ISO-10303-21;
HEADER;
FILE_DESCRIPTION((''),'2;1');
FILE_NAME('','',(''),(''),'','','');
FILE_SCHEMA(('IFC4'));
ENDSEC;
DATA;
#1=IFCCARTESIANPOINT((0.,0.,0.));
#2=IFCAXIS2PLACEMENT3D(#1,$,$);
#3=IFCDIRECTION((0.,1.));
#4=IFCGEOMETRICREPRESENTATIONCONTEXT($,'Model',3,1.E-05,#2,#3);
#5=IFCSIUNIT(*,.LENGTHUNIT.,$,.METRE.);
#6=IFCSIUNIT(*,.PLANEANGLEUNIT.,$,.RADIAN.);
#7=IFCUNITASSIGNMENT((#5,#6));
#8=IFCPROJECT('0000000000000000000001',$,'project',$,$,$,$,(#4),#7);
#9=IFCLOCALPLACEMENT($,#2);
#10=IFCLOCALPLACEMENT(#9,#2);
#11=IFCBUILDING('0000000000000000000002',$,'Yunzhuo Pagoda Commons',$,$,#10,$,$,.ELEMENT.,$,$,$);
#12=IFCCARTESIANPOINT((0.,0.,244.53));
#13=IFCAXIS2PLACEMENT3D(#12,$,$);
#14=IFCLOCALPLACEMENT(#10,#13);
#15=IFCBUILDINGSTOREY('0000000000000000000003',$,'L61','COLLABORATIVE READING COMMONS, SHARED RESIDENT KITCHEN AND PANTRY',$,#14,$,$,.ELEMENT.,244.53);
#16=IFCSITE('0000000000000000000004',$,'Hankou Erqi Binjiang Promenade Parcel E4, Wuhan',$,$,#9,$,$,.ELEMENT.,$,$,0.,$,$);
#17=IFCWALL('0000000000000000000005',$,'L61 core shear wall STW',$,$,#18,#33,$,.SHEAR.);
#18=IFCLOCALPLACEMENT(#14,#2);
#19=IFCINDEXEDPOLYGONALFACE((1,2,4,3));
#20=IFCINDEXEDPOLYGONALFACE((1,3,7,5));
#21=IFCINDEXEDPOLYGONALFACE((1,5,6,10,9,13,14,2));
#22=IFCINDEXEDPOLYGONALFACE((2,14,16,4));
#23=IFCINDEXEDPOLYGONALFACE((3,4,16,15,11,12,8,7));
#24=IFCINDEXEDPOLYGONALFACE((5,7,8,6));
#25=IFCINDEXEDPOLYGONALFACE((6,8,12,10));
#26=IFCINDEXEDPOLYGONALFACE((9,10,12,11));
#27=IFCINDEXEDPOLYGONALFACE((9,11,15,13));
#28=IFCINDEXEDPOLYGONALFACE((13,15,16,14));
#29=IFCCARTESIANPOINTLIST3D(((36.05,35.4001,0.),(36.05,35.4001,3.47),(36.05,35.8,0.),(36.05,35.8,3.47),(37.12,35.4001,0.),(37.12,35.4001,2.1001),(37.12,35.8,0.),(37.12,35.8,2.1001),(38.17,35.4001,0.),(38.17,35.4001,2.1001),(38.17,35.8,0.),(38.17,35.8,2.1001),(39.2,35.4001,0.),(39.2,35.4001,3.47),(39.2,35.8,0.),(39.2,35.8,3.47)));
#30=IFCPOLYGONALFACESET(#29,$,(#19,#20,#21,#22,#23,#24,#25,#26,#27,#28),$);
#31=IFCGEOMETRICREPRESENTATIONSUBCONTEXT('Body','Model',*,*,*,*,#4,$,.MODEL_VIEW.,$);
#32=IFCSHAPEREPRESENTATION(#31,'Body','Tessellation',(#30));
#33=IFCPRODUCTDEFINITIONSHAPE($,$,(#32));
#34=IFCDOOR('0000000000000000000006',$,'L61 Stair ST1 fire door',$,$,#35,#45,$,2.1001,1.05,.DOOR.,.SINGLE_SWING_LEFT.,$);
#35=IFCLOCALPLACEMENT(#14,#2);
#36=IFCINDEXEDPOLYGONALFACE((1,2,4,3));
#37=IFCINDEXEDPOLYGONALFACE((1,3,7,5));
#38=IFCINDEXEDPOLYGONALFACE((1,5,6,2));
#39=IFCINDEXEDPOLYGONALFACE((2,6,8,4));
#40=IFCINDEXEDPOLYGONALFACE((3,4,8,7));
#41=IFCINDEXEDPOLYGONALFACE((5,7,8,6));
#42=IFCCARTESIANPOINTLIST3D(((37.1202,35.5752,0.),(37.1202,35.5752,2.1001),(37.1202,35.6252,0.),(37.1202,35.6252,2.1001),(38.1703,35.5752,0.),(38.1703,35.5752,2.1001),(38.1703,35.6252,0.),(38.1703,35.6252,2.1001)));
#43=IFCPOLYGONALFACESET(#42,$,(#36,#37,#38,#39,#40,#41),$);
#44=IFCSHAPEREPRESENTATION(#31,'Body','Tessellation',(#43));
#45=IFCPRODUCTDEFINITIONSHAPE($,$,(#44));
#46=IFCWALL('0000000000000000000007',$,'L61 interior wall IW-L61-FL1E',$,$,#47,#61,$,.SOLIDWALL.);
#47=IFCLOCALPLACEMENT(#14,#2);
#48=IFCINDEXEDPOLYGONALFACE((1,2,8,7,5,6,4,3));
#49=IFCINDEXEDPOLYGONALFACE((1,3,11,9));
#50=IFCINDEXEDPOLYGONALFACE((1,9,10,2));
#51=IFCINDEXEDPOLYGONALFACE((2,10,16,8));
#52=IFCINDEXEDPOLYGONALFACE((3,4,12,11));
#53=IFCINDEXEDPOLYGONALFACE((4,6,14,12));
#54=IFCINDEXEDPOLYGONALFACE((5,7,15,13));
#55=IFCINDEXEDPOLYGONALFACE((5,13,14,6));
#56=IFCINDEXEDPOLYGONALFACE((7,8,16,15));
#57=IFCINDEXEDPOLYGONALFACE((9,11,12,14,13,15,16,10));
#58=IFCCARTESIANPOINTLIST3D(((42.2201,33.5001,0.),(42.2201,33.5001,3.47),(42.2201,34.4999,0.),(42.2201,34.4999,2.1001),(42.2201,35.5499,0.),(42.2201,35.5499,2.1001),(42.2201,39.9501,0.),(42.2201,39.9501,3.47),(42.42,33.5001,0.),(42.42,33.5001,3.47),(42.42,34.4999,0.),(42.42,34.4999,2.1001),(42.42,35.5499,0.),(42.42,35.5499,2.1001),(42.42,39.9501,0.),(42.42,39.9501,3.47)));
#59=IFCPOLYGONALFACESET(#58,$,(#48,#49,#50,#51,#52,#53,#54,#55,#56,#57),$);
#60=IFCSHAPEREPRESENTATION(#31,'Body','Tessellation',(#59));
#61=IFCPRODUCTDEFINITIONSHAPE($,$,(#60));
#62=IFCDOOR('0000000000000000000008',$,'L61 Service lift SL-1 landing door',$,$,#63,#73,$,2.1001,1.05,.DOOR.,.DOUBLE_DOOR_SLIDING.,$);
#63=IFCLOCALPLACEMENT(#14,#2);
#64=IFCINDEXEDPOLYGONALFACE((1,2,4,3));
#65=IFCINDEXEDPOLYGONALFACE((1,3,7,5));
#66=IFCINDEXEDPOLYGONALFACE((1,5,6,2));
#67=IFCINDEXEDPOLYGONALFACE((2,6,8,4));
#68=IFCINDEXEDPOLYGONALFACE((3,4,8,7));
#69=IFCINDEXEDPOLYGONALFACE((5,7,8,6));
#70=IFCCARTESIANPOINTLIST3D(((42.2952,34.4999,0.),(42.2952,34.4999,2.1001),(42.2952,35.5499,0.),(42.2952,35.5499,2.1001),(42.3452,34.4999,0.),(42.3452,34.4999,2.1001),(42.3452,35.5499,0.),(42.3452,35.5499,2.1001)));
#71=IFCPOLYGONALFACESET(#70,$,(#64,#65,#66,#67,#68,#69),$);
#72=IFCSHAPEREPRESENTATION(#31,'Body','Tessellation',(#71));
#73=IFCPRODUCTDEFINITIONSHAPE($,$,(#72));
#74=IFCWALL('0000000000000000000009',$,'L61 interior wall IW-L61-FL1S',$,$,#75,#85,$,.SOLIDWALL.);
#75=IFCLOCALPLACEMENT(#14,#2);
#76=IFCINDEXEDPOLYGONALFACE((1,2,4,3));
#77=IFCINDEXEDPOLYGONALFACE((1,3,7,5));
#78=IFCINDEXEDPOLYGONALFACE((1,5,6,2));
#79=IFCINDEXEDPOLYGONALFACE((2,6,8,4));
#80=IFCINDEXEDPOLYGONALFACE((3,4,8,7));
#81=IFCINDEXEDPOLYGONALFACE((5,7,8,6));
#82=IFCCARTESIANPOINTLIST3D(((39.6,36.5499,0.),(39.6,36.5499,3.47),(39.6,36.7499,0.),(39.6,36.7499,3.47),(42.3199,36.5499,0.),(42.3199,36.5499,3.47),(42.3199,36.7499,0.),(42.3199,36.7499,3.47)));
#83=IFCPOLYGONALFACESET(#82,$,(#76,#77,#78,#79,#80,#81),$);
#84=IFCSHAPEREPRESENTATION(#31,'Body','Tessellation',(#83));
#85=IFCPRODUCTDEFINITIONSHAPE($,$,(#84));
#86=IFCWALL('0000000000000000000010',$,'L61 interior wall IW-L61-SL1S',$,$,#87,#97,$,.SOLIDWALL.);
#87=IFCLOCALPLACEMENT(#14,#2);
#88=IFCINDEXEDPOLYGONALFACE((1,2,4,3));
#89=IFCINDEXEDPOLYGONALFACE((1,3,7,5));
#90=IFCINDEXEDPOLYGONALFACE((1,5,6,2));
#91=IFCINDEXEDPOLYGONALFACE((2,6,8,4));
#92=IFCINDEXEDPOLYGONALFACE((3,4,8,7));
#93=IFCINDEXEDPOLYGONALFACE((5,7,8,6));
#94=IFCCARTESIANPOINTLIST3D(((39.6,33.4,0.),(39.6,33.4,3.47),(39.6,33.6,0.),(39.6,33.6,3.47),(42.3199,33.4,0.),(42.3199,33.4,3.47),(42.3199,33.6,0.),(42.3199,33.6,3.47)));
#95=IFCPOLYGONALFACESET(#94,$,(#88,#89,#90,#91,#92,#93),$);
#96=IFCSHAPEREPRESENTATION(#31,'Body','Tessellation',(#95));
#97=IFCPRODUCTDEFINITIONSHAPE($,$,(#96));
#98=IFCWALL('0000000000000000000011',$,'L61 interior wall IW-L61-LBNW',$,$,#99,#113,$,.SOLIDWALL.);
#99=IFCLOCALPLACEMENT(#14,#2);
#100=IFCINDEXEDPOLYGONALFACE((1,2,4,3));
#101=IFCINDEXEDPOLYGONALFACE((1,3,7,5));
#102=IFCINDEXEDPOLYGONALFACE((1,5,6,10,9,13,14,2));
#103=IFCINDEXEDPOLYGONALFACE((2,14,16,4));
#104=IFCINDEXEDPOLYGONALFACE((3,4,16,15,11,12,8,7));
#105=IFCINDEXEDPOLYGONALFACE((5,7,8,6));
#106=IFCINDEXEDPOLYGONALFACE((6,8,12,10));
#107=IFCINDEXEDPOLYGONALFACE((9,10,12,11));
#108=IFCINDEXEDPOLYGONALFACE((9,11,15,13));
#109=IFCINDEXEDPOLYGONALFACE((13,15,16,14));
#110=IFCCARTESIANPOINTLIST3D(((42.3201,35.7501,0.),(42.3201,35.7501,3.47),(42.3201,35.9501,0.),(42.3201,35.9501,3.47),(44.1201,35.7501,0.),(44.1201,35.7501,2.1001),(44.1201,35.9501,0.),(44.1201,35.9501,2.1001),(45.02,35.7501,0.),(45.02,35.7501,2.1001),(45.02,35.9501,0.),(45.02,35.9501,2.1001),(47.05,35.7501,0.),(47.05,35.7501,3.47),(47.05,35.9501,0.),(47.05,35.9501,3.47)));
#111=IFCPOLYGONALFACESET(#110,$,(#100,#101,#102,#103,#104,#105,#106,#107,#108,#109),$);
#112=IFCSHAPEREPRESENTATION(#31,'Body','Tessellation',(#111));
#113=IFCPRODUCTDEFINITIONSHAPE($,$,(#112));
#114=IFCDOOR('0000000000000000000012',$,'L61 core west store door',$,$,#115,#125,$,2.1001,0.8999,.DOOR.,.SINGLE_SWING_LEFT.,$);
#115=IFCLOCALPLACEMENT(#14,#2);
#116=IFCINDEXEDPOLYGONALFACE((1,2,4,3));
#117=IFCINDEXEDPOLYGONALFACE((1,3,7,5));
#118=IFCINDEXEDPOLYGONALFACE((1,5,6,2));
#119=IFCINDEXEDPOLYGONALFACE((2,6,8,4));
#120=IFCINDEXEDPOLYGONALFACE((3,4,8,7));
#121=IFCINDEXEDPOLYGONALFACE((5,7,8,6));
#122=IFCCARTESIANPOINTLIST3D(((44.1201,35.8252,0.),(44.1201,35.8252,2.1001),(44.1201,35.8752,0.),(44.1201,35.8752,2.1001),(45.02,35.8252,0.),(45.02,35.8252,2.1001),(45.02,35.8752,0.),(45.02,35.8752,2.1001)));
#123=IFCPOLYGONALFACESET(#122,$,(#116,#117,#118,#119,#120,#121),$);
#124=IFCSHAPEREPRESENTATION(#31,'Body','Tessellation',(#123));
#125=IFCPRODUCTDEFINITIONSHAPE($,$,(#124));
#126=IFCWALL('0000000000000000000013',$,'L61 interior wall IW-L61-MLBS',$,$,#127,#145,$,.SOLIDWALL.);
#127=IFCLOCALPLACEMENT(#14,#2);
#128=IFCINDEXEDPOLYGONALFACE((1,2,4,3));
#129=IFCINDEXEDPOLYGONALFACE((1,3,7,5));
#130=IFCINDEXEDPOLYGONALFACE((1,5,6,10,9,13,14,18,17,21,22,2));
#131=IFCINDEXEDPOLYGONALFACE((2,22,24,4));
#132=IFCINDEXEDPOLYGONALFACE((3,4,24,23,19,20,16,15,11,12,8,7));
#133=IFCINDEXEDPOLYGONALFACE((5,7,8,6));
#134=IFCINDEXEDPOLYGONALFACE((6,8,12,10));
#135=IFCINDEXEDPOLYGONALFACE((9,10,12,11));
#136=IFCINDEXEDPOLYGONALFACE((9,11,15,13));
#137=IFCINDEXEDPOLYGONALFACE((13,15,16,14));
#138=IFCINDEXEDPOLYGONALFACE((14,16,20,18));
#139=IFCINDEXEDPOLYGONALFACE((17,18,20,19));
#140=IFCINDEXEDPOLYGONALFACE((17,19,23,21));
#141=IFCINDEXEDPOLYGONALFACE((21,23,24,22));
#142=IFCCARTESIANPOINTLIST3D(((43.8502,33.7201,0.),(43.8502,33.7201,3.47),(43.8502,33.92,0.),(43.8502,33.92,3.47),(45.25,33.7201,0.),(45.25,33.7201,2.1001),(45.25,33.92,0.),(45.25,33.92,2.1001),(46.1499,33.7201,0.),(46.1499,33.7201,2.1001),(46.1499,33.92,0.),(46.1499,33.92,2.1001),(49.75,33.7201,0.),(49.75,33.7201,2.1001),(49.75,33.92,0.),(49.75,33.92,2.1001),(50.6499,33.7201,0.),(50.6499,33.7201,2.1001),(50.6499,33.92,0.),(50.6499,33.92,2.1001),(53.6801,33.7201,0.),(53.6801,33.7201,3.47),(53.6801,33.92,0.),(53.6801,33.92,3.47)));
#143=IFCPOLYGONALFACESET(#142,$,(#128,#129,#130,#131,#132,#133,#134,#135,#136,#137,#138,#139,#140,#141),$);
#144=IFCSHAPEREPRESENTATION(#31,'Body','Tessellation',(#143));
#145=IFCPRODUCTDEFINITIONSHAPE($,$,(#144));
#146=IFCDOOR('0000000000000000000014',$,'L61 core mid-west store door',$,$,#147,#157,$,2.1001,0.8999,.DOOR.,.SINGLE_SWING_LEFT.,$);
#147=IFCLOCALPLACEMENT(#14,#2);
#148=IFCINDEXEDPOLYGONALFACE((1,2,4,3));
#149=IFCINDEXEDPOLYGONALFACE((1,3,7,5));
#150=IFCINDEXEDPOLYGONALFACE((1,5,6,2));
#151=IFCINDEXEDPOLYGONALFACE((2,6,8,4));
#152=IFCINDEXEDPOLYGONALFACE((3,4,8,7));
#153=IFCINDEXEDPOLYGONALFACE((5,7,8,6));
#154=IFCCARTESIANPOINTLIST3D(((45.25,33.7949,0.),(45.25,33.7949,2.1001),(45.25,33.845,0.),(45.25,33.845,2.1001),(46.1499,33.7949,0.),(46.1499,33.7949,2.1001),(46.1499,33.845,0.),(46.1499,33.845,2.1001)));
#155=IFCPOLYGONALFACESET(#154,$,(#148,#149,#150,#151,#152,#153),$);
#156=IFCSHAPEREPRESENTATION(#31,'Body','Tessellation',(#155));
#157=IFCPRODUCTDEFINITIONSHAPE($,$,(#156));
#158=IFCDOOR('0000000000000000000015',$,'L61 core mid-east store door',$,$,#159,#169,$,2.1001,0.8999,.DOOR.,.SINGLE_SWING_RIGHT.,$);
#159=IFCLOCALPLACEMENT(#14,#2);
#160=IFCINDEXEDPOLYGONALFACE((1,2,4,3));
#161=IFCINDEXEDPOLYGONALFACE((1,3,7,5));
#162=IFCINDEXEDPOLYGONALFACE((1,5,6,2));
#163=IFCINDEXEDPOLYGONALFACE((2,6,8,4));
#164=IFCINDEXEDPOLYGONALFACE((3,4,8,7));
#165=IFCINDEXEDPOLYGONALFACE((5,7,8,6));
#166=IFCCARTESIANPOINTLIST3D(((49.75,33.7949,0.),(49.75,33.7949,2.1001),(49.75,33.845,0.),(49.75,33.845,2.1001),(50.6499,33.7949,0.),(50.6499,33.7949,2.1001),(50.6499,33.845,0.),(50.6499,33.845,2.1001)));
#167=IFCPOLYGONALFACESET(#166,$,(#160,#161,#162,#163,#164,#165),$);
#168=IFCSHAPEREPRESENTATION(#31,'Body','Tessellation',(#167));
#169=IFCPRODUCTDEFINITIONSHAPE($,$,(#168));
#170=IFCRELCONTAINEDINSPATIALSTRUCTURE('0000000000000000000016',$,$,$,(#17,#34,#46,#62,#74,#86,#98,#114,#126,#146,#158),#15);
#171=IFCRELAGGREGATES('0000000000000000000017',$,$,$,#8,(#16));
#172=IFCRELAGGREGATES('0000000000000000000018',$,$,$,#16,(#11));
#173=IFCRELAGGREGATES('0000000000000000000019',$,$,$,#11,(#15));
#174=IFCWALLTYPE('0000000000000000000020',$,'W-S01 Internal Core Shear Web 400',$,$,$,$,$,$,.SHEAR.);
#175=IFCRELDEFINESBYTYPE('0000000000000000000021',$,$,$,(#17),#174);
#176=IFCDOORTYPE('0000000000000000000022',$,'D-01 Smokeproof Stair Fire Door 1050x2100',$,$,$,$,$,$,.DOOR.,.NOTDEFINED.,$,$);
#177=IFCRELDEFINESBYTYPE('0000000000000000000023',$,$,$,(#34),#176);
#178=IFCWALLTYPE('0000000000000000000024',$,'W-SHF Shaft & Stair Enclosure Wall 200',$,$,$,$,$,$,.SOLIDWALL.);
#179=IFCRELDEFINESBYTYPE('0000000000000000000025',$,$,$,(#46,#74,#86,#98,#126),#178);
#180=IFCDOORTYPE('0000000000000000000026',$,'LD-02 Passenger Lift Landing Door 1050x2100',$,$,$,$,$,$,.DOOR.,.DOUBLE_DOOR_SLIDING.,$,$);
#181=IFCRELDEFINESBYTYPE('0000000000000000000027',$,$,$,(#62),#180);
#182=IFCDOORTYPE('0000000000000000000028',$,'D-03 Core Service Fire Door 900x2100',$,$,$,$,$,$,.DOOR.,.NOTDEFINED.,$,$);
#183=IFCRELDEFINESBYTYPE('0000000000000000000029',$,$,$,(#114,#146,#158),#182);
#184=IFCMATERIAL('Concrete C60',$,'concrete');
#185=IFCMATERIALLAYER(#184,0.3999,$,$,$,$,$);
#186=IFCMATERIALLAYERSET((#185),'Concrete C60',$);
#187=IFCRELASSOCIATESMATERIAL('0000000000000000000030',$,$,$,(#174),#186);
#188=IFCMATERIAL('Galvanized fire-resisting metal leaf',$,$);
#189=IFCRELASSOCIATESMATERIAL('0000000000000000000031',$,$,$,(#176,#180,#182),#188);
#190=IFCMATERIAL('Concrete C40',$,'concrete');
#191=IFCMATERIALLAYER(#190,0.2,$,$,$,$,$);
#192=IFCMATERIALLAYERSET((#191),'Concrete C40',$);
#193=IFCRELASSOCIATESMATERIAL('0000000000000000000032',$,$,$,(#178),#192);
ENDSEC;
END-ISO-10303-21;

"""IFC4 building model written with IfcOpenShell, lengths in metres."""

from ifc_helpers import new_model, si_unit, direction, frame, frame_2d, origin, origin_with_axes, place, context, subcontext, project, spatial, rectangle, extrude, source, transform, mapped, material, layer, layer_set, type_object, element, fill, save


model = new_model("IFC4")

# Units and contexts
model_context = context("Model", 3, precision=1e-05, world=origin(), true_north=direction((0.0, 1.0)))
body_context = subcontext(model_context, "Body", "Model", "MODEL_VIEW")
ifc_project = project(units=[si_unit("LENGTHUNIT", "METRE"), si_unit("PLANEANGLEUNIT", "RADIAN")], contexts=[model_context])

# Site, building, storey
site_placement = place(None, origin())
site = spatial("IfcSite", under=ifc_project, at=site_placement, Name="Hankou Erqi Binjiang Promenade Parcel E4, Wuhan", CompositionType="ELEMENT", RefElevation=0.0)
building_placement = place(site_placement, origin())
building = spatial("IfcBuilding", under=site, at=building_placement, Name="Yunzhuo Pagoda Commons", CompositionType="ELEMENT")
storey_placement = place(building_placement, frame((0.0, 0.0, 244.53)))
storey = spatial("IfcBuildingStorey", under=building, at=storey_placement, Name="L61", Description="COLLABORATIVE READING COMMONS, SHARED RESIDENT KITCHEN AND PANTRY", CompositionType="ELEMENT", Elevation=244.53)

# Walls, openings, doors
ifc_material_1 = material(Name="Concrete C60", Category="concrete")
ifc_layer_1 = layer(ifc_material_1, 0.3999)
ifc_layer_set_1 = layer_set([ifc_layer_1], Name="Concrete C60")
wall_type_1 = type_object("IfcWallType", Name="W-S01 Internal Core Shear Web 400", PredefinedType="SHEAR", material=ifc_layer_set_1)
wall_1_placement = place(storey_placement, frame((36.05, 35.6001, 0.0), z_axis=(0.0, 0.0, 1.0), x_axis=(1.0, 0.0, 0.0)))
wall_1 = element("IfcWall", 1, at=wall_1_placement, inside=storey, type_object=wall_type_1, Name="L61 core shear wall STW", PredefinedType="SHEAR", context=body_context, shape_type="SweptSolid", body=[
    extrude(rectangle(XDim=3.1499, YDim=0.3999, at=frame_2d((1.575, 0.0))), origin(), (0.0, 0.0, 1.0), 3.47),
])
opening_1_placement = place(wall_1_placement, frame((1.0701, 0.0, 0.0)))
opening_1 = element("IfcOpeningElement", 2, at=opening_1_placement, cuts=wall_1, PredefinedType="OPENING", context=body_context, shape_type="SweptSolid", body=[
    extrude(rectangle(XDim=1.05, YDim=2.1001, at=frame_2d((0.5249, 1.05))), frame((0.0, 0.21, 0.0), z_axis=(0.0, -1.0, 0.0), x_axis=(1.0, 0.0, 0.0)), (0.0, 0.0, 1.0), 0.4199),
])
ifc_material_2 = material(Name="Galvanized fire-resisting metal leaf")
door_type_1 = type_object("IfcDoorType", Name="D-01 Smokeproof Stair Fire Door 1050x2100", OperationType="NOTDEFINED", PredefinedType="DOOR", material=ifc_material_2)
shared_shape_1 = source(origin(), body_context, "Body", "SweptSolid", [
    extrude(rectangle(XDim=1.05, YDim=2.1001, at=frame_2d((0.5249, 1.05))), frame((0.0, 0.0249, 0.0), z_axis=(0.0, -1.0, 0.0), x_axis=(1.0, 0.0, 0.0)), (0.0, 0.0, 1.0), 0.05),
])
door_1_placement = place(opening_1_placement, frame((1.05, 0.0, 0.0), z_axis=(0.0, 0.0, 1.0), x_axis=(-1.0, 0.0, 0.0)))
door_1 = element("IfcDoor", 3, at=door_1_placement, inside=storey, type_object=door_type_1, Name="L61 Stair ST1 fire door", OperationType="SINGLE_SWING_LEFT", OverallHeight=2.1001, OverallWidth=1.05, PredefinedType="DOOR", context=body_context, shape_type="MappedRepresentation", body=[
    mapped(shared_shape_1, transform((0.0, 0.0, 0.0), scale=1.0)),
])
fill(opening_1, door_1)
ifc_material_3 = material(Name="Concrete C40", Category="concrete")
ifc_layer_2 = layer(ifc_material_3, 0.2)
ifc_layer_set_2 = layer_set([ifc_layer_2], Name="Concrete C40")
wall_type_2 = type_object("IfcWallType", Name="W-SHF Shaft & Stair Enclosure Wall 200", PredefinedType="SOLIDWALL", material=ifc_layer_set_2)
wall_2_placement = place(storey_placement, frame((42.3201, 33.5, 0.0), z_axis=(0.0, 0.0, 1.0), x_axis=(0.0, 1.0, 0.0)))
wall_2 = element("IfcWall", 4, at=wall_2_placement, inside=storey, type_object=wall_type_2, Name="L61 interior wall IW-L61-FL1E", PredefinedType="SOLIDWALL", context=body_context, shape_type="SweptSolid", body=[
    extrude(rectangle(XDim=6.45, YDim=0.2, at=frame_2d((3.2251, 0.0))), origin(), (0.0, 0.0, 1.0), 3.47),
])
opening_2_placement = place(wall_2_placement, frame((1.0, 0.0, 0.0)))
opening_2 = element("IfcOpeningElement", 5, at=opening_2_placement, cuts=wall_2, PredefinedType="OPENING", context=body_context, shape_type="SweptSolid", body=[
    extrude(rectangle(XDim=1.05, YDim=2.1001, at=frame_2d((0.5249, 1.05))), frame((0.0, 0.1099, 0.0), z_axis=(0.0, -1.0, 0.0), x_axis=(1.0, 0.0, 0.0)), (0.0, 0.0, 1.0), 0.22),
])
door_type_2 = type_object("IfcDoorType", Name="LD-02 Passenger Lift Landing Door 1050x2100", OperationType="DOUBLE_DOOR_SLIDING", PredefinedType="DOOR", material=ifc_material_2)
door_2_placement = place(opening_2_placement, origin_with_axes())
door_2 = element("IfcDoor", 6, at=door_2_placement, inside=storey, type_object=door_type_2, Name="L61 Service lift SL-1 landing door", OperationType="DOUBLE_DOOR_SLIDING", OverallHeight=2.1001, OverallWidth=1.05, PredefinedType="DOOR", context=body_context, shape_type="MappedRepresentation", body=[
    mapped(shared_shape_1, transform((0.0, 0.0, 0.0), scale=1.0)),
])
fill(opening_2, door_2)

# Walls
for number, where, z_axis, x_axis, name in (
    (7, (39.6001, 36.6499, 0.0), (0.0, 0.0, 1.0), (1.0, 0.0, 0.0), "L61 interior wall IW-L61-FL1S"),
    (8, (39.6001, 33.5, 0.0), (0.0, 0.0, 1.0), (1.0, 0.0, 0.0), "L61 interior wall IW-L61-SL1S"),
):
    element("IfcWall", number, at=place(storey_placement, frame(where, z_axis=z_axis, x_axis=x_axis)), inside=storey, type_object=wall_type_2, Name=name, PredefinedType="SOLIDWALL", context=body_context, shape_type="SweptSolid", body=[
        extrude(rectangle(XDim=2.72, YDim=0.2, at=frame_2d((1.3599, 0.0))), origin(), (0.0, 0.0, 1.0), 3.47),
    ])

# Wall, opening, door
wall_3_placement = place(storey_placement, frame((42.3201, 35.8501, 0.0), z_axis=(0.0, 0.0, 1.0), x_axis=(1.0, 0.0, 0.0)))
wall_3 = element("IfcWall", 9, at=wall_3_placement, inside=storey, type_object=wall_type_2, Name="L61 interior wall IW-L61-LBNW", PredefinedType="SOLIDWALL", context=body_context, shape_type="SweptSolid", body=[
    extrude(rectangle(XDim=4.73, YDim=0.2, at=frame_2d((2.365, 0.0))), origin(), (0.0, 0.0, 1.0), 3.47),
])
opening_3_placement = place(wall_3_placement, frame((1.8, 0.0, 0.0)))
opening_3 = element("IfcOpeningElement", 10, at=opening_3_placement, cuts=wall_3, PredefinedType="OPENING", context=body_context, shape_type="SweptSolid", body=[
    extrude(rectangle(XDim=0.8999, YDim=2.1001, at=frame_2d((0.45, 1.05))), frame((0.0, 0.1099, 0.0), z_axis=(0.0, -1.0, 0.0), x_axis=(1.0, 0.0, 0.0)), (0.0, 0.0, 1.0), 0.22),
])
door_type_3 = type_object("IfcDoorType", Name="D-03 Core Service Fire Door 900x2100", OperationType="NOTDEFINED", PredefinedType="DOOR", material=ifc_material_2)
shared_shape_2 = source(origin(), body_context, "Body", "SweptSolid", [
    extrude(rectangle(XDim=0.8999, YDim=2.1001, at=frame_2d((0.45, 1.05))), frame((0.0, 0.0249, 0.0), z_axis=(0.0, -1.0, 0.0), x_axis=(1.0, 0.0, 0.0)), (0.0, 0.0, 1.0), 0.05),
])
door_3_placement = place(opening_3_placement, frame((0.8999, 0.0, 0.0), z_axis=(0.0, 0.0, 1.0), x_axis=(-1.0, 0.0, 0.0)))
door_3 = element("IfcDoor", 11, at=door_3_placement, inside=storey, type_object=door_type_3, Name="L61 core west store door", OperationType="SINGLE_SWING_LEFT", OverallHeight=2.1001, OverallWidth=0.8999, PredefinedType="DOOR", context=body_context, shape_type="MappedRepresentation", body=[
    mapped(shared_shape_2, transform((0.0, 0.0, 0.0), scale=1.0)),
])
fill(opening_3, door_3)

# Wall, openings, doors
wall_4_placement = place(storey_placement, frame((43.8501, 33.8201, 0.0), z_axis=(0.0, 0.0, 1.0), x_axis=(1.0, 0.0, 0.0)))
wall_4 = element("IfcWall", 12, at=wall_4_placement, inside=storey, type_object=wall_type_2, Name="L61 interior wall IW-L61-MLBS", PredefinedType="SOLIDWALL", context=body_context, shape_type="SweptSolid", body=[
    extrude(rectangle(XDim=9.8298, YDim=0.2, at=frame_2d((4.915, 0.0))), origin(), (0.0, 0.0, 1.0), 3.47),
])
opening_4_placement = place(wall_4_placement, frame((1.3999, 0.0, 0.0)))
opening_4 = element("IfcOpeningElement", 13, at=opening_4_placement, cuts=wall_4, PredefinedType="OPENING", context=body_context, shape_type="SweptSolid", body=[
    extrude(rectangle(XDim=0.8999, YDim=2.1001, at=frame_2d((0.45, 1.05))), frame((0.0, 0.1099, 0.0), z_axis=(0.0, -1.0, 0.0), x_axis=(1.0, 0.0, 0.0)), (0.0, 0.0, 1.0), 0.22),
])
opening_5_placement = place(wall_4_placement, frame((5.8999, 0.0, 0.0)))
opening_5 = element("IfcOpeningElement", 14, at=opening_5_placement, cuts=wall_4, PredefinedType="OPENING", context=body_context, shape_type="SweptSolid", body=[
    extrude(rectangle(XDim=0.8999, YDim=2.1001, at=frame_2d((0.45, 1.05))), frame((0.0, 0.1099, 0.0), z_axis=(0.0, -1.0, 0.0), x_axis=(1.0, 0.0, 0.0)), (0.0, 0.0, 1.0), 0.22),
])
door_4_placement = place(opening_4_placement, origin_with_axes())
door_4 = element("IfcDoor", 15, at=door_4_placement, inside=storey, type_object=door_type_3, Name="L61 core mid-west store door", OperationType="SINGLE_SWING_LEFT", OverallHeight=2.1001, OverallWidth=0.8999, PredefinedType="DOOR", context=body_context, shape_type="MappedRepresentation", body=[
    mapped(shared_shape_2, transform((0.0, 0.0, 0.0), scale=1.0)),
])
fill(opening_4, door_4)
door_5_placement = place(opening_5_placement, origin_with_axes())
door_5 = element("IfcDoor", 16, at=door_5_placement, inside=storey, type_object=door_type_3, Name="L61 core mid-east store door", OperationType="SINGLE_SWING_RIGHT", OverallHeight=2.1001, OverallWidth=0.8999, PredefinedType="DOOR", context=body_context, shape_type="MappedRepresentation", body=[
    mapped(shared_shape_2, transform((0.0, 0.0, 0.0), scale=1.0)),
])
fill(opening_5, door_5)

save(model, "model.ifc")
